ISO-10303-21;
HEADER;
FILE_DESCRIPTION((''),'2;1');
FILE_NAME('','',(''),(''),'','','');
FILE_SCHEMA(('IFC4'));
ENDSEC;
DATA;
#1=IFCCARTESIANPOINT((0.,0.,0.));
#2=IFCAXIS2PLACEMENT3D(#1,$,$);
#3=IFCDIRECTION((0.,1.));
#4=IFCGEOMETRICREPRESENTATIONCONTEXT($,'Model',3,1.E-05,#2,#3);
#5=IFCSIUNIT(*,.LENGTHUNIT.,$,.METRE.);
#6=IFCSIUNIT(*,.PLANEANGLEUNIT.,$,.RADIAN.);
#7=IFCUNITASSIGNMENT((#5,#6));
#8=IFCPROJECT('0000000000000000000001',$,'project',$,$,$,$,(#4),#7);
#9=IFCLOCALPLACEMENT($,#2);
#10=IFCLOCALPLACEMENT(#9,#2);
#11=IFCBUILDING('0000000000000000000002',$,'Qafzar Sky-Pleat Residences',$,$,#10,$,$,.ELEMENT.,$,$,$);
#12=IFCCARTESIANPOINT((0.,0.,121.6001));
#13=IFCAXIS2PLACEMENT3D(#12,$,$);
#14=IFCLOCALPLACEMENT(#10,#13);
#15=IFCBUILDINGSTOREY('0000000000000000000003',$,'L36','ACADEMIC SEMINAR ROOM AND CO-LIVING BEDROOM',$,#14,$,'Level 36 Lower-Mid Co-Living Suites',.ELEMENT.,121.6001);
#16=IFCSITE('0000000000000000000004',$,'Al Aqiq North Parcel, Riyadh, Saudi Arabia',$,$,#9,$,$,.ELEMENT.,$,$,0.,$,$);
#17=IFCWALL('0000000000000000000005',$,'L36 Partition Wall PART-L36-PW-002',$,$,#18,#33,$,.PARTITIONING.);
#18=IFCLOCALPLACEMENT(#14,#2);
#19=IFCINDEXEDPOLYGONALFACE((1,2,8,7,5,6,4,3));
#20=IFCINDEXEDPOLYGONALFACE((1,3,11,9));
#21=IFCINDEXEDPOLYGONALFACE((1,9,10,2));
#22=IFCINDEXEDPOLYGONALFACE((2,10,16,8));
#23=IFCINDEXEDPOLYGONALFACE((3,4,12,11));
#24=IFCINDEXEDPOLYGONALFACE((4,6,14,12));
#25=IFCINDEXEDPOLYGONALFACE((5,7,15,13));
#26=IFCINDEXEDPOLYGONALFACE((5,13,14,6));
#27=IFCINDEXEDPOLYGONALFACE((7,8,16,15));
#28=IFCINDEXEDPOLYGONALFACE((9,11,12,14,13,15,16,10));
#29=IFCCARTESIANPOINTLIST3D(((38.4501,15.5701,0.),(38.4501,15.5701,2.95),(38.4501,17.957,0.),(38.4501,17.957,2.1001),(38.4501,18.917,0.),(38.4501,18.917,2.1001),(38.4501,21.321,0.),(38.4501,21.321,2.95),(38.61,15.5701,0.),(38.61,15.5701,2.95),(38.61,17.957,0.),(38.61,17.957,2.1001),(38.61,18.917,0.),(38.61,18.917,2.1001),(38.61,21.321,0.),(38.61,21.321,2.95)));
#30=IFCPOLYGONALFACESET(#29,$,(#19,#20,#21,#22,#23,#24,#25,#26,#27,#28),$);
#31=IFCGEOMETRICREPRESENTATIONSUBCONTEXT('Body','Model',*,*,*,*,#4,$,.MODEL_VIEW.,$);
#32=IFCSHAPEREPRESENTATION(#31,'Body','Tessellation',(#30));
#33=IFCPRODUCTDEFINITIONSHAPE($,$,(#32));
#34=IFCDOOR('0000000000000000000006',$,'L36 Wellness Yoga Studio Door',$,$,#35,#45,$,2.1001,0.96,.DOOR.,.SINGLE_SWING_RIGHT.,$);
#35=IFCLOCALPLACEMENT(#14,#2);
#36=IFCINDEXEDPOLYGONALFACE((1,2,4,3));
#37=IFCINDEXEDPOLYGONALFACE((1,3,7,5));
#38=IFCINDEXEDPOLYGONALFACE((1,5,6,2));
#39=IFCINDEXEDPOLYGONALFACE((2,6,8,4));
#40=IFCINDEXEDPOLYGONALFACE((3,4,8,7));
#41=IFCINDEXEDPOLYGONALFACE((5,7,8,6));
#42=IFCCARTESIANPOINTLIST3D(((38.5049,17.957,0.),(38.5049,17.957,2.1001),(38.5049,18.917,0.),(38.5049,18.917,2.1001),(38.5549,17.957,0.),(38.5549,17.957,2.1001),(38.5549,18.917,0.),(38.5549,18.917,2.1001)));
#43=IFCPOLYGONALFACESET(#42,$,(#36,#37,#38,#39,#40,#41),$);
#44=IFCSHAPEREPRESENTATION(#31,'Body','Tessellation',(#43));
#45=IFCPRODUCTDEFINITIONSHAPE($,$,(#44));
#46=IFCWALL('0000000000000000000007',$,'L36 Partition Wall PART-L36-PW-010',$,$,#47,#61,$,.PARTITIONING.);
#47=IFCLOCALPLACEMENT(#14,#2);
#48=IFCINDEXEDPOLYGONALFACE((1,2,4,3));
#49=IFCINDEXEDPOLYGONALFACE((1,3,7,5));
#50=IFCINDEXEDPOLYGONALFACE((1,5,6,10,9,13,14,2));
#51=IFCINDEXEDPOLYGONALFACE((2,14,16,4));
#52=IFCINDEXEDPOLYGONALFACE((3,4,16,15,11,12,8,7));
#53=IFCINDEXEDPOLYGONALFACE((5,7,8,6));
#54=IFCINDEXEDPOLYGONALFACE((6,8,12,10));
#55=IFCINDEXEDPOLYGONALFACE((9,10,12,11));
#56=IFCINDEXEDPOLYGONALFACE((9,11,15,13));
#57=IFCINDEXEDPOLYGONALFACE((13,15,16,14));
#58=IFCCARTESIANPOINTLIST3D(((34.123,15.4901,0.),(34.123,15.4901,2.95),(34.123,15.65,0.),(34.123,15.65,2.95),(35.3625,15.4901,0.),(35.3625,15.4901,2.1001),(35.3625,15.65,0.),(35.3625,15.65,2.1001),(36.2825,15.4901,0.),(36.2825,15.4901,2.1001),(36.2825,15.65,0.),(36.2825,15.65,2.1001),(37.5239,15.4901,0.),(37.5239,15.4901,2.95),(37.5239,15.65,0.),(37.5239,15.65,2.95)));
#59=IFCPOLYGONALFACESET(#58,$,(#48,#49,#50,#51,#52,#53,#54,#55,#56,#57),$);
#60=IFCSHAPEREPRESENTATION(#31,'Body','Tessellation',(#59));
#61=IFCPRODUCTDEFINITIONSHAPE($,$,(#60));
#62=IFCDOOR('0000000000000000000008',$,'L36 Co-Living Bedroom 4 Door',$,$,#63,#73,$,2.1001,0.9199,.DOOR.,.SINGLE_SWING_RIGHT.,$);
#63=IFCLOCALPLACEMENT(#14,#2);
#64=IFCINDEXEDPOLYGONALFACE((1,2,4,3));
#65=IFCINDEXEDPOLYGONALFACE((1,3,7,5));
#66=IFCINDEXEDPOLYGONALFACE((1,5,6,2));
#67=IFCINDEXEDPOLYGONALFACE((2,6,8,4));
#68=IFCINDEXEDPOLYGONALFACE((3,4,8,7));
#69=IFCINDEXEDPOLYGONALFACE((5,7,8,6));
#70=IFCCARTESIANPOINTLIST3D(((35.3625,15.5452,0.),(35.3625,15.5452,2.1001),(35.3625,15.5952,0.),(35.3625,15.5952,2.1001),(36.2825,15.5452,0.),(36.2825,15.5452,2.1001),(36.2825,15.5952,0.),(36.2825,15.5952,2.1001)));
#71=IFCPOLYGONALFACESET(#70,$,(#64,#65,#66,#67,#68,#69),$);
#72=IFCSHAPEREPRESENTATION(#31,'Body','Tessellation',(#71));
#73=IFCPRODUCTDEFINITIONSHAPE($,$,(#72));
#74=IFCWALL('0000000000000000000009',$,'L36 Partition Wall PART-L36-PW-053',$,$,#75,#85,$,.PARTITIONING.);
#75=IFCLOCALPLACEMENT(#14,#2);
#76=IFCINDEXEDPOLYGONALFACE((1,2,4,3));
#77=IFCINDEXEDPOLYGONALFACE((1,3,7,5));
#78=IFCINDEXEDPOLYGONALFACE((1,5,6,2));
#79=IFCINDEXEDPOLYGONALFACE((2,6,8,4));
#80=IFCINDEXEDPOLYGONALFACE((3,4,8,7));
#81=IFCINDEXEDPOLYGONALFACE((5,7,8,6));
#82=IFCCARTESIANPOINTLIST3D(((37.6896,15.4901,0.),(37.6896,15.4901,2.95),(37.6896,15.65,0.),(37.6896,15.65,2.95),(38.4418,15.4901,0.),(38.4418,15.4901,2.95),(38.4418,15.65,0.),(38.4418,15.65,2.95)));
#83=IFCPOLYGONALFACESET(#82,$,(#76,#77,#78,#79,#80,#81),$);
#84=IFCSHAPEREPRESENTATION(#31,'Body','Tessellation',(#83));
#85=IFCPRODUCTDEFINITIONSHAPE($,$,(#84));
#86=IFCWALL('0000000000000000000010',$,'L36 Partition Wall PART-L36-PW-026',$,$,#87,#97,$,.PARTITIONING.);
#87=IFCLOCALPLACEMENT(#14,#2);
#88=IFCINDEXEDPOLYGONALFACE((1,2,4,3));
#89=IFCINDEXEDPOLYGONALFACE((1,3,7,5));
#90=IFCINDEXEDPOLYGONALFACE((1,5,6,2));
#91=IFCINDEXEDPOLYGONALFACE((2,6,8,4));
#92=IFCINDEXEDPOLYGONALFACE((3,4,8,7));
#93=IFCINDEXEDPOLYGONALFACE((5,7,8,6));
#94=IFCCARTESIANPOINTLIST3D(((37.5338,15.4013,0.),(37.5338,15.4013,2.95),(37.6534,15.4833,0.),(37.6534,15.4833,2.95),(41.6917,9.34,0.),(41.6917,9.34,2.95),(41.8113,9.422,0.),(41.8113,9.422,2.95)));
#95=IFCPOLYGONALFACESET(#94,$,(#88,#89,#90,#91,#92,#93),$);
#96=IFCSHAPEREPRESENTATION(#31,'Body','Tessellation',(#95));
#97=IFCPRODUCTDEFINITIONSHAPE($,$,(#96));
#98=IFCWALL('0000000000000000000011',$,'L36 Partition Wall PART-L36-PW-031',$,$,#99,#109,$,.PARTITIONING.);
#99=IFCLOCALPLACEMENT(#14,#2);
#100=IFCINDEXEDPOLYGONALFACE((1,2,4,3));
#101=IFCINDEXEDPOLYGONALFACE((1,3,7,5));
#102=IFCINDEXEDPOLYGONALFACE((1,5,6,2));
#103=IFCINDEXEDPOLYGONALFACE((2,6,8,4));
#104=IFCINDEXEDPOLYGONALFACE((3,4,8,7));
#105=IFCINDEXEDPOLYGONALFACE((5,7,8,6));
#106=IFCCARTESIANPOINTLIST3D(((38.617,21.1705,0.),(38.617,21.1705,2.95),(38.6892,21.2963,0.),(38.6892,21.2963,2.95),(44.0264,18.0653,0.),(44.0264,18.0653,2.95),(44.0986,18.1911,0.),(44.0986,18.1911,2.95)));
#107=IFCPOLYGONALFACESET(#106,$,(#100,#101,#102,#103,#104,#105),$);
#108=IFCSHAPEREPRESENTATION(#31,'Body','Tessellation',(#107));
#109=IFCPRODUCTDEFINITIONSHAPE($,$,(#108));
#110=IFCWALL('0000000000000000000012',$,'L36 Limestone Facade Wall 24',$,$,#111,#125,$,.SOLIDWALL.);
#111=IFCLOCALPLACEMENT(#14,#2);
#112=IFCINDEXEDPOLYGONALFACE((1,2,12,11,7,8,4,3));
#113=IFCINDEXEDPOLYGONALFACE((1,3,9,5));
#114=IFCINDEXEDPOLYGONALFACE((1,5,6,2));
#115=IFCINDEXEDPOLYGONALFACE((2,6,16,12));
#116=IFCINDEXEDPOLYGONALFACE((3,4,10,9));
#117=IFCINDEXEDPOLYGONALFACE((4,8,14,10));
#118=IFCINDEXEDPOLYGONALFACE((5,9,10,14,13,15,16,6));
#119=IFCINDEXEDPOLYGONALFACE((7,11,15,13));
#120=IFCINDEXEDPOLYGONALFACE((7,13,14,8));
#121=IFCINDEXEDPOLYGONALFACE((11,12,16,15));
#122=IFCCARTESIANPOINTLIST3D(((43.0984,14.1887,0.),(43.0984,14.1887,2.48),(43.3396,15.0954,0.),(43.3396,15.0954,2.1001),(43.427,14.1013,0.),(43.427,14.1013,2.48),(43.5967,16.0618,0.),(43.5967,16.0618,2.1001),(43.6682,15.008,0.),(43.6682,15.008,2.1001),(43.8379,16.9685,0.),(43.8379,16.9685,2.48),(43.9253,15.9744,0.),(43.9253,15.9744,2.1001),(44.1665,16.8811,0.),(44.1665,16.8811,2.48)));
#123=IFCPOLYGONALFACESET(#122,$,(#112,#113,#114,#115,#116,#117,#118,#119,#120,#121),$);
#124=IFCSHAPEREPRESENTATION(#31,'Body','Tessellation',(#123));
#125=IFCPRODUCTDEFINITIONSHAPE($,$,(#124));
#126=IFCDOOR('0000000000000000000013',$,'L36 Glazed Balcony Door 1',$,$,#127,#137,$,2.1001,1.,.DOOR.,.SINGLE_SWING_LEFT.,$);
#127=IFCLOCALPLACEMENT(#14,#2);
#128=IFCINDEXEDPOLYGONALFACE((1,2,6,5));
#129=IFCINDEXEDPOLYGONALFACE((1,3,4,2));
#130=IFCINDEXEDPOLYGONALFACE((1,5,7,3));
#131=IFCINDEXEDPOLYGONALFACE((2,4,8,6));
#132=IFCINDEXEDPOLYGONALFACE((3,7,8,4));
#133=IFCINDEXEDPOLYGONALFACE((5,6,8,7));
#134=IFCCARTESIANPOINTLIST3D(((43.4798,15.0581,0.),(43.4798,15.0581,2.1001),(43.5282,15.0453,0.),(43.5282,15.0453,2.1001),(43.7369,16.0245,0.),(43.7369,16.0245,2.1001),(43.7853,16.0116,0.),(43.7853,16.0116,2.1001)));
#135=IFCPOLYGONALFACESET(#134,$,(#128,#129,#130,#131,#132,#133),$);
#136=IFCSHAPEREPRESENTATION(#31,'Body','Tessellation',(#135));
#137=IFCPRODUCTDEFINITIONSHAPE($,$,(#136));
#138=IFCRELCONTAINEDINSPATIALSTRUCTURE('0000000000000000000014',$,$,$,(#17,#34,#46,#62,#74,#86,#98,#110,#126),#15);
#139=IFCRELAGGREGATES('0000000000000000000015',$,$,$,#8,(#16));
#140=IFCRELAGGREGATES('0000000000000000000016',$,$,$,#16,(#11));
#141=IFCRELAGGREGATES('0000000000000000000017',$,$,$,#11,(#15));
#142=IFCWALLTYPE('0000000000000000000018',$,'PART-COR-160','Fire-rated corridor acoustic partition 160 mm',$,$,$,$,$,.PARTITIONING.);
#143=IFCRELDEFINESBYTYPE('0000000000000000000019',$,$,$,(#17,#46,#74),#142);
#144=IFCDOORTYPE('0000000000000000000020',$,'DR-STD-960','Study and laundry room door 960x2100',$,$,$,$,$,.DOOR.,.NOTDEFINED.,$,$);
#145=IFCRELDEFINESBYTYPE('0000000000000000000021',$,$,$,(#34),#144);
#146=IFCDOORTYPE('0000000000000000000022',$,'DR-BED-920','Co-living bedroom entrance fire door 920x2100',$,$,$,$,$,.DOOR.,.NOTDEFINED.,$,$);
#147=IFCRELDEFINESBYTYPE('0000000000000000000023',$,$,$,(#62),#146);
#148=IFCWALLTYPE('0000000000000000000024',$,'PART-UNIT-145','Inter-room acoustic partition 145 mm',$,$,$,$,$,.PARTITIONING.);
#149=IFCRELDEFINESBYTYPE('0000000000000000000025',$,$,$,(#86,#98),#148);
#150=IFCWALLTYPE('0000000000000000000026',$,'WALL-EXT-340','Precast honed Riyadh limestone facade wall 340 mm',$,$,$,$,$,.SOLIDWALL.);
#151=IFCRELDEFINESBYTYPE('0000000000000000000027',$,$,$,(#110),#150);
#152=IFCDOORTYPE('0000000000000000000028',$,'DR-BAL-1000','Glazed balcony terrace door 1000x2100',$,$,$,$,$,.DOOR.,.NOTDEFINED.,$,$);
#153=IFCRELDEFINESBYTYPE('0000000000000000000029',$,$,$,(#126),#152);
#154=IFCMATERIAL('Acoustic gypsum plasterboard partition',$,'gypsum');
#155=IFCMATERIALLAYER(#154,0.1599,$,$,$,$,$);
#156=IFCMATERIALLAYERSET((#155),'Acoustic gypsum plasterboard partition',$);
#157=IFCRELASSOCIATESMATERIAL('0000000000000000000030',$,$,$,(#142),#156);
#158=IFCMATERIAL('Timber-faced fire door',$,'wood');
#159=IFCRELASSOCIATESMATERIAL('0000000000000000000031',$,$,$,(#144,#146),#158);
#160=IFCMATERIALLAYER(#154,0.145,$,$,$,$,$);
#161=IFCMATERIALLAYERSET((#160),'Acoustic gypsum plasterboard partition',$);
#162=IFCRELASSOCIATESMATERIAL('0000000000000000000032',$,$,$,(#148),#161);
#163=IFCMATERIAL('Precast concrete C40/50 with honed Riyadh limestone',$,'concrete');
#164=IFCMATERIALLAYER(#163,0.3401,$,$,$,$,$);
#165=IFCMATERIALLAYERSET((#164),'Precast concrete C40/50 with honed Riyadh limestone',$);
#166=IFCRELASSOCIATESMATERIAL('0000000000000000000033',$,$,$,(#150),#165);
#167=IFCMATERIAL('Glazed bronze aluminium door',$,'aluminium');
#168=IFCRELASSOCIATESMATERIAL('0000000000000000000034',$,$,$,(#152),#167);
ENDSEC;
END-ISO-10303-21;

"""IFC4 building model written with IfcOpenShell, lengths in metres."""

from ifc_helpers import new_model, si_unit, direction, frame, frame_2d, origin, place, context, subcontext, project, spatial, rectangle, extrude, source, transform, mapped, material, layer, layer_set, type_object, element, fill, save


model = new_model("IFC4")

# Units and contexts
model_context = context("Model", 3, precision=1e-05, world=origin(), true_north=direction((0.0, 1.0)))
body_context = subcontext(model_context, "Body", "Model", "MODEL_VIEW")
ifc_project = project(units=[si_unit("LENGTHUNIT", "METRE"), si_unit("PLANEANGLEUNIT", "RADIAN")], contexts=[model_context])

# Site, building, storey
site_placement = place(None, origin())
site = spatial("IfcSite", under=ifc_project, at=site_placement, Name="Al Aqiq North Parcel, Riyadh, Saudi Arabia", CompositionType="ELEMENT", RefElevation=0.0)
building_placement = place(site_placement, origin())
building = spatial("IfcBuilding", under=site, at=building_placement, Name="Qafzar Sky-Pleat Residences", CompositionType="ELEMENT")
storey_placement = place(building_placement, frame((0.0, 0.0, 121.6001)))
storey = spatial("IfcBuildingStorey", under=building, at=storey_placement, Name="L36", Description="ACADEMIC SEMINAR ROOM AND CO-LIVING BEDROOM", LongName="Level 36 Lower-Mid Co-Living Suites", CompositionType="ELEMENT", Elevation=121.6001)

# Walls, openings, doors
ifc_material_1 = material(Name="Acoustic gypsum plasterboard partition", Category="gypsum")
ifc_layer_1 = layer(ifc_material_1, 0.1599)
ifc_layer_set_1 = layer_set([ifc_layer_1], Name="Acoustic gypsum plasterboard partition")
wall_type_1 = type_object("IfcWallType", Name="PART-COR-160", Description="Fire-rated corridor acoustic partition 160 mm", PredefinedType="PARTITIONING", material=ifc_layer_set_1)
wall_1_placement = place(storey_placement, frame((38.53, 21.321, 0.0), z_axis=(0.0, 0.0, 1.0), x_axis=(0.0, -1.0, 0.0)))
wall_1 = element("IfcWall", 1, at=wall_1_placement, inside=storey, type_object=wall_type_1, Name="L36 Partition Wall PART-L36-PW-002", PredefinedType="PARTITIONING", context=body_context, shape_type="SweptSolid", body=[
    extrude(rectangle(XDim=5.751, YDim=0.1599, at=frame_2d((2.8755, 0.0))), origin(), (0.0, 0.0, 1.0), 2.95),
])
opening_1_placement = place(wall_1_placement, frame((2.4041, 0.0, 0.0)))
opening_1 = element("IfcOpeningElement", 2, at=opening_1_placement, cuts=wall_1, PredefinedType="OPENING", context=body_context, shape_type="SweptSolid", body=[
    extrude(rectangle(XDim=0.96, YDim=2.1001, at=frame_2d((0.48, 1.05))), frame((0.0, 0.0898, 0.0), z_axis=(0.0, -1.0, 0.0), x_axis=(1.0, 0.0, 0.0)), (0.0, 0.0, 1.0), 0.1799),
])
ifc_material_2 = material(Name="Timber-faced fire door", Category="wood")
door_type_1 = type_object("IfcDoorType", Name="DR-STD-960", Description="Study and laundry room door 960x2100", OperationType="NOTDEFINED", PredefinedType="DOOR", material=ifc_material_2)
shared_shape_1 = source(origin(), body_context, "Body", "SweptSolid", [
    extrude(rectangle(XDim=0.96, YDim=2.1001, at=frame_2d((0.48, 1.05))), frame((0.0, 0.0249, 0.0), z_axis=(0.0, -1.0, 0.0), x_axis=(1.0, 0.0, 0.0)), (0.0, 0.0, 1.0), 0.05),
])
door_1_placement = place(opening_1_placement, origin())
door_1 = element("IfcDoor", 3, at=door_1_placement, inside=storey, type_object=door_type_1, Name="L36 Wellness Yoga Studio Door", OperationType="SINGLE_SWING_RIGHT", OverallHeight=2.1001, OverallWidth=0.96, PredefinedType="DOOR", context=body_context, shape_type="MappedRepresentation", body=[
    mapped(shared_shape_1, transform((0.0, 0.0, 0.0), x_axis=(1.0, 0.0, 0.0), y_axis=(0.0, 1.0, 0.0), z_axis=(0.0, 0.0, 1.0), scale=1.0)),
])
fill(opening_1, door_1)
wall_2_placement = place(storey_placement, frame((37.5239, 15.5701, 0.0), z_axis=(0.0, 0.0, 1.0), x_axis=(-1.0, 0.0, 0.0)))
wall_2 = element("IfcWall", 4, at=wall_2_placement, inside=storey, type_object=wall_type_1, Name="L36 Partition Wall PART-L36-PW-010", PredefinedType="PARTITIONING", context=body_context, shape_type="SweptSolid", body=[
    extrude(rectangle(XDim=3.4009, YDim=0.1599, at=frame_2d((1.7004, 0.0))), origin(), (0.0, 0.0, 1.0), 2.95),
])
opening_2_placement = place(wall_2_placement, frame((1.2415, 0.0, 0.0)))
opening_2 = element("IfcOpeningElement", 5, at=opening_2_placement, cuts=wall_2, PredefinedType="OPENING", context=body_context, shape_type="SweptSolid", body=[
    extrude(rectangle(XDim=0.9199, YDim=2.1001, at=frame_2d((0.46, 1.05))), frame((0.0, 0.0898, 0.0), z_axis=(0.0, -1.0, 0.0), x_axis=(1.0, 0.0, 0.0)), (0.0, 0.0, 1.0), 0.1799),
])
door_type_2 = type_object("IfcDoorType", Name="DR-BED-920", Description="Co-living bedroom entrance fire door 920x2100", OperationType="NOTDEFINED", PredefinedType="DOOR", material=ifc_material_2)
shared_shape_2 = source(origin(), body_context, "Body", "SweptSolid", [
    extrude(rectangle(XDim=0.9199, YDim=2.1001, at=frame_2d((0.46, 1.05))), frame((0.0, 0.0249, 0.0), z_axis=(0.0, -1.0, 0.0), x_axis=(1.0, 0.0, 0.0)), (0.0, 0.0, 1.0), 0.05),
])
door_2_placement = place(opening_2_placement, origin())
door_2 = element("IfcDoor", 6, at=door_2_placement, inside=storey, type_object=door_type_2, Name="L36 Co-Living Bedroom 4 Door", OperationType="SINGLE_SWING_RIGHT", OverallHeight=2.1001, OverallWidth=0.9199, PredefinedType="DOOR", context=body_context, shape_type="MappedRepresentation", body=[
    mapped(shared_shape_2, transform((0.0, 0.0, 0.0), x_axis=(1.0, 0.0, 0.0), y_axis=(0.0, 1.0, 0.0), z_axis=(0.0, 0.0, 1.0), scale=1.0)),
])
fill(opening_2, door_2)

# Walls
wall_3_placement = place(storey_placement, frame((37.6897, 15.5701, 0.0), z_axis=(0.0, 0.0, 1.0), x_axis=(1.0, 0.0, 0.0)))
element("IfcWall", 7, at=wall_3_placement, inside=storey, type_object=wall_type_1, Name="L36 Partition Wall PART-L36-PW-053", PredefinedType="PARTITIONING", context=body_context, shape_type="SweptSolid", body=[
    extrude(rectangle(XDim=0.7522, YDim=0.1599, at=frame_2d((0.376, 0.0))), origin(), (0.0, 0.0, 1.0), 2.95),
])
ifc_layer_2 = layer(ifc_material_1, 0.145)
ifc_layer_set_2 = layer_set([ifc_layer_2], Name="Acoustic gypsum plasterboard partition")
wall_type_2 = type_object("IfcWallType", Name="PART-UNIT-145", Description="Inter-room acoustic partition 145 mm", PredefinedType="PARTITIONING", material=ifc_layer_set_2)
wall_4_placement = place(storey_placement, frame((37.5935, 15.4424, 0.0), z_axis=(0.0, 0.0, 1.0), x_axis=(0.565681, -0.824624, 0.0)))
element("IfcWall", 8, at=wall_4_placement, inside=storey, type_object=wall_type_2, Name="L36 Partition Wall PART-L36-PW-026", PredefinedType="PARTITIONING", context=body_context, shape_type="SweptSolid", body=[
    extrude(rectangle(XDim=7.3503, YDim=0.145, at=frame_2d((3.6753, 0.0))), origin(), (0.0, 0.0, 1.0), 2.95),
])
wall_5_placement = place(storey_placement, frame((38.6531, 21.2334, 0.0), z_axis=(0.0, 0.0, 1.0), x_axis=(0.867266, -0.497845, 0.0)))
element("IfcWall", 9, at=wall_5_placement, inside=storey, type_object=wall_type_2, Name="L36 Partition Wall PART-L36-PW-031", PredefinedType="PARTITIONING", context=body_context, shape_type="SweptSolid", body=[
    extrude(rectangle(XDim=6.2373, YDim=0.145, at=frame_2d((3.1187, 0.0))), origin(), (0.0, 0.0, 1.0), 2.95),
])

# Wall, opening, door
ifc_material_3 = material(Name="Precast concrete C40/50 with honed Riyadh limestone", Category="concrete")
ifc_layer_3 = layer(ifc_material_3, 0.3401)
ifc_layer_set_3 = layer_set([ifc_layer_3], Name="Precast concrete C40/50 with honed Riyadh limestone")
wall_type_3 = type_object("IfcWallType", Name="WALL-EXT-340", Description="Precast honed Riyadh limestone facade wall 340 mm", PredefinedType="SOLIDWALL", material=ifc_layer_set_3)
wall_6_placement = place(storey_placement, frame((43.2627, 14.145, 0.0), z_axis=(0.0, 0.0, 1.0), x_axis=(0.257087, 0.966388, 0.0)))
wall_6 = element("IfcWall", 10, at=wall_6_placement, inside=storey, type_object=wall_type_3, Name="L36 Limestone Facade Wall 24", PredefinedType="SOLIDWALL", context=body_context, shape_type="SweptSolid", body=[
    extrude(rectangle(XDim=2.8765, YDim=0.3401, at=frame_2d((1.4382, 0.0))), origin(), (0.0, 0.0, 1.0), 2.48),
])
opening_3_placement = place(wall_6_placement, frame((0.9382, 0.0, 0.0)))
opening_3 = element("IfcOpeningElement", 11, at=opening_3_placement, cuts=wall_6, PredefinedType="OPENING", context=body_context, shape_type="SweptSolid", body=[
    extrude(rectangle(XDim=1.0, YDim=2.1001, at=frame_2d((0.5, 1.05))), frame((0.0, 0.1802, 0.0), z_axis=(0.0, -1.0, 0.0), x_axis=(1.0, 0.0, 0.0)), (0.0, 0.0, 1.0), 0.3601),
])
ifc_material_4 = material(Name="Glazed bronze aluminium door", Category="aluminium")
door_type_3 = type_object("IfcDoorType", Name="DR-BAL-1000", Description="Glazed balcony terrace door 1000x2100", OperationType="NOTDEFINED", PredefinedType="DOOR", material=ifc_material_4)
shared_shape_3 = source(origin(), body_context, "Body", "SweptSolid", [
    extrude(rectangle(XDim=1.0, YDim=2.1001, at=frame_2d((0.5, 1.05))), frame((0.0, 0.0249, 0.0), z_axis=(0.0, -1.0, 0.0), x_axis=(1.0, 0.0, 0.0)), (0.0, 0.0, 1.0), 0.05),
])
door_3_placement = place(opening_3_placement, origin())
door_3 = element("IfcDoor", 12, at=door_3_placement, inside=storey, type_object=door_type_3, Name="L36 Glazed Balcony Door 1", OperationType="SINGLE_SWING_LEFT", OverallHeight=2.1001, OverallWidth=1.0, PredefinedType="DOOR", context=body_context, shape_type="MappedRepresentation", body=[
    mapped(shared_shape_3, transform((0.0, 0.0, 0.0), x_axis=(1.0, 0.0, 0.0), y_axis=(0.0, 1.0, 0.0), z_axis=(0.0, 0.0, 1.0), scale=1.0)),
])
fill(opening_3, door_3)

save(model, "model.ifc")
